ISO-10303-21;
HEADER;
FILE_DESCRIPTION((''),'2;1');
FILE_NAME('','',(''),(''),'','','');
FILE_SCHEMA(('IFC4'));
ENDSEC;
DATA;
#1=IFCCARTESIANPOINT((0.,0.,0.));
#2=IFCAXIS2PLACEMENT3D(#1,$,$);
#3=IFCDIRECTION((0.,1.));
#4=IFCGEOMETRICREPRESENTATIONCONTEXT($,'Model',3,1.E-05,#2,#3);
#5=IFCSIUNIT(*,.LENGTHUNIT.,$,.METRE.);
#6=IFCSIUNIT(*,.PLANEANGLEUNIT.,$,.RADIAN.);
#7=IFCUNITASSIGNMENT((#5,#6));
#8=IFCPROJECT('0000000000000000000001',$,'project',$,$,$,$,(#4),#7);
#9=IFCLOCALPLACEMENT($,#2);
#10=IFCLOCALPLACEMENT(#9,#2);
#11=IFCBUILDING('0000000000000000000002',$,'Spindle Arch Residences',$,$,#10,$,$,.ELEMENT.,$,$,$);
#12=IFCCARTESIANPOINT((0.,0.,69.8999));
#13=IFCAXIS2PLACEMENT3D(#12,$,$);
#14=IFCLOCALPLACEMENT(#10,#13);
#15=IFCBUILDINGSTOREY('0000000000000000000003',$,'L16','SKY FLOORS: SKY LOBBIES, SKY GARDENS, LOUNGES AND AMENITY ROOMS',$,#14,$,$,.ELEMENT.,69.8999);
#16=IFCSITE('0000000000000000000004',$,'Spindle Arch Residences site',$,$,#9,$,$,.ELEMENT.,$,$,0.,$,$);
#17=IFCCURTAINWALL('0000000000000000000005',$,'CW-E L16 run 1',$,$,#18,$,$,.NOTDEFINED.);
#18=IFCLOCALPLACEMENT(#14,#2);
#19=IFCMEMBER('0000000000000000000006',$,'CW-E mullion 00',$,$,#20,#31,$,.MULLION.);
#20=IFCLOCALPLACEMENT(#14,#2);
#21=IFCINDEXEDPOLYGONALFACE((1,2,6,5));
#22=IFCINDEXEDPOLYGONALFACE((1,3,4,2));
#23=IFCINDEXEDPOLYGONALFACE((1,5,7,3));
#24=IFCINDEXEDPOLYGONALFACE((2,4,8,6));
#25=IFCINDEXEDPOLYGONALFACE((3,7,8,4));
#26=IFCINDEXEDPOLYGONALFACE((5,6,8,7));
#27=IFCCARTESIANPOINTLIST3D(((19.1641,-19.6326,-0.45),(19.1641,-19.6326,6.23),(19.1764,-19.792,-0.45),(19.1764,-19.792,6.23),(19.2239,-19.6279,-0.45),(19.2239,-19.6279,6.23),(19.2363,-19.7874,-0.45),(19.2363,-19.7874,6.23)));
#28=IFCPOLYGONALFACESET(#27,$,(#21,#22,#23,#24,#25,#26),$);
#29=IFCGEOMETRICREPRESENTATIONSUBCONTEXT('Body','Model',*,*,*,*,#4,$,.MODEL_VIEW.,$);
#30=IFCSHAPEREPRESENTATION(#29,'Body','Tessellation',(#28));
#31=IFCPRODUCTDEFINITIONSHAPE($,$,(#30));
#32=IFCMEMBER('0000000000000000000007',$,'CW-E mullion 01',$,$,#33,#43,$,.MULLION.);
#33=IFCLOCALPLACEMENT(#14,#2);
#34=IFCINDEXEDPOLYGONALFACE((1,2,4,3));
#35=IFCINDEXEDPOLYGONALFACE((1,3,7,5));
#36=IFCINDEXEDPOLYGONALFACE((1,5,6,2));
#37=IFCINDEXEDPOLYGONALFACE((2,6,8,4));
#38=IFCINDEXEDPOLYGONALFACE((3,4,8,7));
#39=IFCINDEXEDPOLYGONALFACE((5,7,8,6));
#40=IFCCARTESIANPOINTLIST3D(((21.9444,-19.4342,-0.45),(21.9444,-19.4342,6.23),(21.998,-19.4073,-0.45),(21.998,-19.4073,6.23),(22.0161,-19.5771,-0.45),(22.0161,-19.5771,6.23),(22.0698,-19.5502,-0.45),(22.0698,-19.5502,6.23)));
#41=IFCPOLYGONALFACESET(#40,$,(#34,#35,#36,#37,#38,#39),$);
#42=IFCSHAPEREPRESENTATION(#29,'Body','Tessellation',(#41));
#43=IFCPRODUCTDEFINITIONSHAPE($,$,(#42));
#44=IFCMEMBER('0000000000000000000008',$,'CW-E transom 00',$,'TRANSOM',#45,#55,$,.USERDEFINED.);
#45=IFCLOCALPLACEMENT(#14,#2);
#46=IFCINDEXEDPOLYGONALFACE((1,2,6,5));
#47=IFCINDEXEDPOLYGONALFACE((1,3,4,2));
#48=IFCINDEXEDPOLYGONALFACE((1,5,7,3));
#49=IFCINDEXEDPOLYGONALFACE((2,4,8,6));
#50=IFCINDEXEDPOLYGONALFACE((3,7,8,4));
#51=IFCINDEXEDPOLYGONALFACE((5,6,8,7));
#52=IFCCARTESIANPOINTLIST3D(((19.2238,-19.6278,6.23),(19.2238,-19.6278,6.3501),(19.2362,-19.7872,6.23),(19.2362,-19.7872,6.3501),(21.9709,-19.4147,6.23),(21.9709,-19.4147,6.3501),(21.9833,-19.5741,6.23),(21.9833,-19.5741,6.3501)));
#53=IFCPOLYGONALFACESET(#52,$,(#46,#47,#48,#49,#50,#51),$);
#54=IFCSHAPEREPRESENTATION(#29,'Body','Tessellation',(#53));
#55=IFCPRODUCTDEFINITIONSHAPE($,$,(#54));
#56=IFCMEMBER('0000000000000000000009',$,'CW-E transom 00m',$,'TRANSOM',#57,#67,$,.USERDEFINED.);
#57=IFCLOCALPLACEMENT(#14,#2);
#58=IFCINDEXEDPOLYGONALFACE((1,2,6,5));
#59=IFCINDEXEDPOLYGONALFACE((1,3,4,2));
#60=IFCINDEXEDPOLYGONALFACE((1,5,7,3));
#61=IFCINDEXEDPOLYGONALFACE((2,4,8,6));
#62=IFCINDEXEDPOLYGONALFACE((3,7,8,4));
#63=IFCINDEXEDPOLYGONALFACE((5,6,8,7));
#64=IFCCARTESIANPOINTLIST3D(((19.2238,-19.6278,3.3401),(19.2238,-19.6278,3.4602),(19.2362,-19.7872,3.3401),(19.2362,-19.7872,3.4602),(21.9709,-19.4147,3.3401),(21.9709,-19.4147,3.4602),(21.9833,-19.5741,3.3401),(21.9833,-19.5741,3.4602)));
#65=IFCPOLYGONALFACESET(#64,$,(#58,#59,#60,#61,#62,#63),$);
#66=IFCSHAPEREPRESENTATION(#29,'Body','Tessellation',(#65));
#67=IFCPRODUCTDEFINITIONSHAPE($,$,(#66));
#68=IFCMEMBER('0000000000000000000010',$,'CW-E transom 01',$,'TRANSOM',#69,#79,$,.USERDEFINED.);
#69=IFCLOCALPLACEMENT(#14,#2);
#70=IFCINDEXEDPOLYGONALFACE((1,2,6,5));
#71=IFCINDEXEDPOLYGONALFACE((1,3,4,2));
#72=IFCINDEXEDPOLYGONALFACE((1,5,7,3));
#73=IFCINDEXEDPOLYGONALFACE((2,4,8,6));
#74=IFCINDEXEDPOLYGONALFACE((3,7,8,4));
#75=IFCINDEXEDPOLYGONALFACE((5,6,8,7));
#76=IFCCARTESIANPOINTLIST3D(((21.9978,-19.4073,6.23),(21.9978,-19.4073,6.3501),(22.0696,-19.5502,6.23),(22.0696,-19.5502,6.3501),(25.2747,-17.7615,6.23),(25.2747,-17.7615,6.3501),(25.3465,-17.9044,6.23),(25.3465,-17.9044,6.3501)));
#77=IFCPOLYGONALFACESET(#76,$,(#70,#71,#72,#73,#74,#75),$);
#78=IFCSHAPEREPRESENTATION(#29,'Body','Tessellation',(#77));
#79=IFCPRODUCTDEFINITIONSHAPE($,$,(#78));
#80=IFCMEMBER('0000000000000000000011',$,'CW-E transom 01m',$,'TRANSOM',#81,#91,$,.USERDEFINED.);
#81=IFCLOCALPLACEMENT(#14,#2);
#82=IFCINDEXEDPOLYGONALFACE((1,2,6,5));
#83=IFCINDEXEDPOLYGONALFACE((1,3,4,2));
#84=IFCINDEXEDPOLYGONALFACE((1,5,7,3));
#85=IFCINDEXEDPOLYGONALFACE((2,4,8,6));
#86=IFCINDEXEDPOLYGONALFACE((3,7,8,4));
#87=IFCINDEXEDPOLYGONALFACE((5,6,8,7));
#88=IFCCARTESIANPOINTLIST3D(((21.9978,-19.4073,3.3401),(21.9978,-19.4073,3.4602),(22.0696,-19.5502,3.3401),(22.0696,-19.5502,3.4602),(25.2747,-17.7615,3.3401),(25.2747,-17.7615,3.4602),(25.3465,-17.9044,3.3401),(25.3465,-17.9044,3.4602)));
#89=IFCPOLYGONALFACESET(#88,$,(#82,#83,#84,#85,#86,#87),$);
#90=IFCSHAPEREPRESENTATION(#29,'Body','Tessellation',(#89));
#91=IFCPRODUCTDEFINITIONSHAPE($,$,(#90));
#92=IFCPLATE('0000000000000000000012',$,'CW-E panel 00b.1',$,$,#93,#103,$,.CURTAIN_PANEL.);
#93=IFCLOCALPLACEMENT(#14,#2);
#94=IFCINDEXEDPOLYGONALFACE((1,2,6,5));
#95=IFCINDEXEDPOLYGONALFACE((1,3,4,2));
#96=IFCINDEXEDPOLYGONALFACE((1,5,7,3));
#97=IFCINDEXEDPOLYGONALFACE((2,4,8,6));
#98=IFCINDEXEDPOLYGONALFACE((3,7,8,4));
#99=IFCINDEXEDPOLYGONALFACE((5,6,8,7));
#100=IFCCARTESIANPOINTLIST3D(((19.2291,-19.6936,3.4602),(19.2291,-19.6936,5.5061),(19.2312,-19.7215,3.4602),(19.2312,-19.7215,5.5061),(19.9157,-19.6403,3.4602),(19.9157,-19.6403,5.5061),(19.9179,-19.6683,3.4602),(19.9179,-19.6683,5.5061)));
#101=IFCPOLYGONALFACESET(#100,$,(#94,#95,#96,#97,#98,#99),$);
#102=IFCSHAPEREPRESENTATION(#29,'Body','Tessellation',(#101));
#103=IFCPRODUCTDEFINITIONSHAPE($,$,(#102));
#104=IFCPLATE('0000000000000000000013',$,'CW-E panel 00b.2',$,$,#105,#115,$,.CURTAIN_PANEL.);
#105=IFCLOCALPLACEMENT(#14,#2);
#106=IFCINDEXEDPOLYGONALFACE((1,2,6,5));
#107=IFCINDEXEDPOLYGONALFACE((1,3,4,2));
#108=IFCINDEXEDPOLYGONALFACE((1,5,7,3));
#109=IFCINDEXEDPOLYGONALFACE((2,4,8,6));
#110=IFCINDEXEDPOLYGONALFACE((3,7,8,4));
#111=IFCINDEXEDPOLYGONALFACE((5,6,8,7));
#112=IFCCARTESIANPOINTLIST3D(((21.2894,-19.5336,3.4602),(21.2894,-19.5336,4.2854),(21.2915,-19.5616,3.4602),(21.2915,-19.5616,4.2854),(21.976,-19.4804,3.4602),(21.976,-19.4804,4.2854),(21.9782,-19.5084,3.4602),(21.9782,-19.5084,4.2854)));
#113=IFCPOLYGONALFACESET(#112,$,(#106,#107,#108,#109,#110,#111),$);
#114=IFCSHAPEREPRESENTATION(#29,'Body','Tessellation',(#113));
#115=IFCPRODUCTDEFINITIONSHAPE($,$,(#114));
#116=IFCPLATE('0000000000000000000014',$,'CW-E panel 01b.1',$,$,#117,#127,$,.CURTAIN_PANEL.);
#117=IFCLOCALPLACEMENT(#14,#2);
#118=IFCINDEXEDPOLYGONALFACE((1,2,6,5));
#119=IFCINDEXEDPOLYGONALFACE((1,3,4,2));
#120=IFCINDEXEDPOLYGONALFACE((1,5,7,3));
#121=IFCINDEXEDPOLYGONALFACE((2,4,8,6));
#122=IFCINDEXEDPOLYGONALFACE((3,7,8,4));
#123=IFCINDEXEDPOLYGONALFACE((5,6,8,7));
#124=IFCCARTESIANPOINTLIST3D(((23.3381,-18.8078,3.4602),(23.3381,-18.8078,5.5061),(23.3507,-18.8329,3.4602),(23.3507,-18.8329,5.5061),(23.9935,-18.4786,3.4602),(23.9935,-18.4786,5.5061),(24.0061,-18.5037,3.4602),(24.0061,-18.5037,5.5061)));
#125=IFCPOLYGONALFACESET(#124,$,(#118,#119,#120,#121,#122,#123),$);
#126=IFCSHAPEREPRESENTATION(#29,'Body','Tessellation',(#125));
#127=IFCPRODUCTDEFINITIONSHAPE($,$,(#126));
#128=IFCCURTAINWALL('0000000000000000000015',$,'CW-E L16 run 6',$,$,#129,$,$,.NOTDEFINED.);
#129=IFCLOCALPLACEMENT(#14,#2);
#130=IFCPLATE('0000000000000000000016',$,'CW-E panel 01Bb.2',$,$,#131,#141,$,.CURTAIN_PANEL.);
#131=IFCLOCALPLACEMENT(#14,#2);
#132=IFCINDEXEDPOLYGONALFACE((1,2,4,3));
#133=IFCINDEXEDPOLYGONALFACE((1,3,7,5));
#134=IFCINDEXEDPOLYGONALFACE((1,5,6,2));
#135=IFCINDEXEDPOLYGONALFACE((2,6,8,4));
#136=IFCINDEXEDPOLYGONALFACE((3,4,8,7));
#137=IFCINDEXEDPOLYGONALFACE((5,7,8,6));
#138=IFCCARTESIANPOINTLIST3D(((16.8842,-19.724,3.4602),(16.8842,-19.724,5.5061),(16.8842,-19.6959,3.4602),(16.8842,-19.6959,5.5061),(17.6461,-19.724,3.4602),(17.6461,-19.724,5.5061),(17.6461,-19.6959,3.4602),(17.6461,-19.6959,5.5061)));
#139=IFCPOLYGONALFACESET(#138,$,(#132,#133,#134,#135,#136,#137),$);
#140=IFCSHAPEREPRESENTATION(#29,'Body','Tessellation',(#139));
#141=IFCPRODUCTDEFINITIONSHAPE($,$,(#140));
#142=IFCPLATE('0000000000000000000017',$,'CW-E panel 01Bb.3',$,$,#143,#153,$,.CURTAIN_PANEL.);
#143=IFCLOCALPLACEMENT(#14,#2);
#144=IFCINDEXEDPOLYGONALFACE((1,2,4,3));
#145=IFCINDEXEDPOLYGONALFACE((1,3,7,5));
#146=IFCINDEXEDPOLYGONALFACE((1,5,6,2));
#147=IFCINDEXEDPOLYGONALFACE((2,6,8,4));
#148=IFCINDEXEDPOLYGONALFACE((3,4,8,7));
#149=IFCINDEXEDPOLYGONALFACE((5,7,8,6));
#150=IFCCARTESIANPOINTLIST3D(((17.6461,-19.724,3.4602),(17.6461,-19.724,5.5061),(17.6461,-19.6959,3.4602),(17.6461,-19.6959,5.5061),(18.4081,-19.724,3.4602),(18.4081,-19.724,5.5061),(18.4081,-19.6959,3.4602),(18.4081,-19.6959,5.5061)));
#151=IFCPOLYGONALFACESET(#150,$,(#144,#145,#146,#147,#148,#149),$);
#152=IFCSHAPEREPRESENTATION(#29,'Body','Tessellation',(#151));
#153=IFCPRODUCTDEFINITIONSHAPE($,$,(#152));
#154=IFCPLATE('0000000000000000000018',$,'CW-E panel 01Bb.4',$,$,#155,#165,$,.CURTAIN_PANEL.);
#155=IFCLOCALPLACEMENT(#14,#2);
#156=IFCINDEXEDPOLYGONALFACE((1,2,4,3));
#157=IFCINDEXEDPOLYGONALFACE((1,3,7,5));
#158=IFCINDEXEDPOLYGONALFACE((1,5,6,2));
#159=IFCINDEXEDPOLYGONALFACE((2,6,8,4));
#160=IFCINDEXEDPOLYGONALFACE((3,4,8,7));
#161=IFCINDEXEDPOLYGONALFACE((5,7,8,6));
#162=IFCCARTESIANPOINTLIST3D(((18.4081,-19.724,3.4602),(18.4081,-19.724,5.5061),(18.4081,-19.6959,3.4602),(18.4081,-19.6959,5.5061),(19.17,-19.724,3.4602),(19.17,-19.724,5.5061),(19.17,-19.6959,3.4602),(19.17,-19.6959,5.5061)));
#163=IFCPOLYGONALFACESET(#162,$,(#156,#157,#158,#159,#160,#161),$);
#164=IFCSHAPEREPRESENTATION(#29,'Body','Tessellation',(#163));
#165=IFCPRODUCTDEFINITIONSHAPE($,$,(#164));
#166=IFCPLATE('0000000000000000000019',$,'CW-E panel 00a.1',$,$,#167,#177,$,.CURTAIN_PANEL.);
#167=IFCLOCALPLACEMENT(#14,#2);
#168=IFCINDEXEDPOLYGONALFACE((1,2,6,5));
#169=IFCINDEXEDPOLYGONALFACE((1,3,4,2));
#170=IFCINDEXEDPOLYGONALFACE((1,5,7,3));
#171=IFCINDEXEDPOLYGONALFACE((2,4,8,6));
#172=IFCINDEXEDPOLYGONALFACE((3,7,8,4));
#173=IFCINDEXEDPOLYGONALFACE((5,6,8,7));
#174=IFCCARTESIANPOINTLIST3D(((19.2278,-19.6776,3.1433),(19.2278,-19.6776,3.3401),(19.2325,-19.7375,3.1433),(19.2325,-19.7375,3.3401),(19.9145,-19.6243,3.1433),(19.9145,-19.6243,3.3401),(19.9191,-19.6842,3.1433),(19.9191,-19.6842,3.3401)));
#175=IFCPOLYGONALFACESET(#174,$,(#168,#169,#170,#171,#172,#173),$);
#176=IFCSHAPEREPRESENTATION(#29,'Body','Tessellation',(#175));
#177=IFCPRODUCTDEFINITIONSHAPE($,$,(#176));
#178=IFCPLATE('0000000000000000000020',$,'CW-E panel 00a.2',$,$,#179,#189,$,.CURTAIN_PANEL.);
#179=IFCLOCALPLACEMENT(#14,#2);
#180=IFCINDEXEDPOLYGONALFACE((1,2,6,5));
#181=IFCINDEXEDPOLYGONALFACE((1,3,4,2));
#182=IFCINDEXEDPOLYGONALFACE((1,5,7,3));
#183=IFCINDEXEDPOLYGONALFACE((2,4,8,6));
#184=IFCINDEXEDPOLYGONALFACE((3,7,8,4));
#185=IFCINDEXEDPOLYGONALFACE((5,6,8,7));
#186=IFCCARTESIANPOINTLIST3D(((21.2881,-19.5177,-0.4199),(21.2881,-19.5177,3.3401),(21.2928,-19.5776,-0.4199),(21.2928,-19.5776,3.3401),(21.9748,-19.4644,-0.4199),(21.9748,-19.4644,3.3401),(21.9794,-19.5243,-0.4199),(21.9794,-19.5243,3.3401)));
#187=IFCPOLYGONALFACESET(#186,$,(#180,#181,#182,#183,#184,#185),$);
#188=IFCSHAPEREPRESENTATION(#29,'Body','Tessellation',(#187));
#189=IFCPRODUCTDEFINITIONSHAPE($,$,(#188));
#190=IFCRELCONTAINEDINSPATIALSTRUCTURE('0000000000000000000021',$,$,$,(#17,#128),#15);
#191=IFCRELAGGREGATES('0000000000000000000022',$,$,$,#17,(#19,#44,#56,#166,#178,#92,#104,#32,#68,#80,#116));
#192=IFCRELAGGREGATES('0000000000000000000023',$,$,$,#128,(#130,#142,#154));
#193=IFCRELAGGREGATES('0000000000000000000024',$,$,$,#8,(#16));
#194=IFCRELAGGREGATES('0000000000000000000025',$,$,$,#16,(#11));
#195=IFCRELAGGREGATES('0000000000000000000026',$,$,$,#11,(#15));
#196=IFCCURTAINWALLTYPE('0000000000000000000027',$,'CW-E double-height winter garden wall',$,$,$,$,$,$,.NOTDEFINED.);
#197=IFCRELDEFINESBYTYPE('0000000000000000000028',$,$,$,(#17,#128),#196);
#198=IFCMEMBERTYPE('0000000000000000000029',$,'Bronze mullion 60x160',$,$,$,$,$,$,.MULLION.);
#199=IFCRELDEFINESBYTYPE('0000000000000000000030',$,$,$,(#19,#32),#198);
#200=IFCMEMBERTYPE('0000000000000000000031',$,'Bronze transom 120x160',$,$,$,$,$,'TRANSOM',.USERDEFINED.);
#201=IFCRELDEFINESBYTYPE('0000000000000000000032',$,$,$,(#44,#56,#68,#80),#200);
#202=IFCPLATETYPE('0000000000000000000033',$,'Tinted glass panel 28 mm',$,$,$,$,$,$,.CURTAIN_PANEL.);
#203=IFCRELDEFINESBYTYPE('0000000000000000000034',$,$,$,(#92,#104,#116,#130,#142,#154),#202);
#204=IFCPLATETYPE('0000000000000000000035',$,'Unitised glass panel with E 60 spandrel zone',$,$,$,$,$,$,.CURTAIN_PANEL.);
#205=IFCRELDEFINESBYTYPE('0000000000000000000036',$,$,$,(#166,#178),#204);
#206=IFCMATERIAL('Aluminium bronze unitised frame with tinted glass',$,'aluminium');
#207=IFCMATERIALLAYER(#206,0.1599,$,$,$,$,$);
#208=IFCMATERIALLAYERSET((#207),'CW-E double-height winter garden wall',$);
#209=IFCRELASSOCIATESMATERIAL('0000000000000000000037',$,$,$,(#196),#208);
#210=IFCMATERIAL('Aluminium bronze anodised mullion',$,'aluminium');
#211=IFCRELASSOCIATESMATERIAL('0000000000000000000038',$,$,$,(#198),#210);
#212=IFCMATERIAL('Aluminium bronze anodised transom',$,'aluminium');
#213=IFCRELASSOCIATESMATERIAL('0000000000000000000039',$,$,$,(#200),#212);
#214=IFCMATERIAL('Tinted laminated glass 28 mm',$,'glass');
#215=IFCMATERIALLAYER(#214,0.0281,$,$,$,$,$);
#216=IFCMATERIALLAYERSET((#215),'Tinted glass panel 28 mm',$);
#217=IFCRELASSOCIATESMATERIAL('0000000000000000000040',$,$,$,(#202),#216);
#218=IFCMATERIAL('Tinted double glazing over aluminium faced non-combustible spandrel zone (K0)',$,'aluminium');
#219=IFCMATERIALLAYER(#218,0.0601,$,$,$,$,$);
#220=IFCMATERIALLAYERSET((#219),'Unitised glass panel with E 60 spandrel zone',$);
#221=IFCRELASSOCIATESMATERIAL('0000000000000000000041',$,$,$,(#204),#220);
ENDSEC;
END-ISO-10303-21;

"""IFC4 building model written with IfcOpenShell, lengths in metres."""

from ifc_helpers import new_model, si_unit, direction, frame, origin, origin_2d, place, context, subcontext, project, spatial, rectangle, extrude, material, layer, layer_set, material_profile, profile_set, type_object, element, aggregate, save


model = new_model("IFC4")

# Units and contexts
model_context = context("Model", 3, precision=1e-05, world=origin(), true_north=direction((0.0, 1.0)))
body_context = subcontext(model_context, "Body", "Model", "MODEL_VIEW")
ifc_project = project(units=[si_unit("LENGTHUNIT", "METRE"), si_unit("PLANEANGLEUNIT", "RADIAN")], contexts=[model_context])

# Site, building, storey
site_placement = place(None, origin())
site = spatial("IfcSite", under=ifc_project, at=site_placement, Name="Spindle Arch Residences site", CompositionType="ELEMENT", RefElevation=0.0)
building_placement = place(site_placement, origin())
building = spatial("IfcBuilding", under=site, at=building_placement, Name="Spindle Arch Residences", CompositionType="ELEMENT")
storey_placement = place(building_placement, frame((0.0, 0.0, 69.8999)))
storey = spatial("IfcBuildingStorey", under=building, at=storey_placement, Name="L16", Description="SKY FLOORS: SKY LOBBIES, SKY GARDENS, LOUNGES AND AMENITY ROOMS", CompositionType="ELEMENT", Elevation=69.8999)

# Curtain wall, members, plates
ifc_material_1 = material(Name="Aluminium bronze unitised frame with tinted glass", Category="aluminium")
ifc_layer_1 = layer(ifc_material_1, 0.1599)
ifc_layer_set_1 = layer_set([ifc_layer_1], Name="CW-E double-height winter garden wall")
curtain_wall_type = type_object("IfcCurtainWallType", Name="CW-E double-height winter garden wall", PredefinedType="NOTDEFINED", material=ifc_layer_set_1)
curtain_wall_1_placement = place(storey_placement, origin())
curtain_wall_1 = element("IfcCurtainWall", 1, at=curtain_wall_1_placement, inside=storey, type_object=curtain_wall_type, Name="CW-E L16 run 1", PredefinedType="NOTDEFINED")
ifc_material_2 = material(Name="Aluminium bronze anodised mullion", Category="aluminium")
ifc_material_profile_1 = material_profile(ifc_material_2, rectangle(XDim=0.1599, YDim=0.0601, at=origin_2d()), Name="MU 60x160")
ifc_profile_set_1 = profile_set([ifc_material_profile_1], Name="Aluminium bronze anodised mullion")
member_type_1 = type_object("IfcMemberType", Name="Bronze mullion 60x160", PredefinedType="MULLION", material=ifc_profile_set_1)
member_1_placement = place(storey_placement, frame((19.2002, -19.71, -0.45), z_axis=(0.0, 0.0, 1.0), x_axis=(-0.077364, 0.997003, 0.0)))
member_1 = element("IfcMember", 2, at=member_1_placement, type_object=member_type_1, Name="CW-E mullion 00", PredefinedType="MULLION", context=body_context, shape_type="SweptSolid", body=[
    extrude(rectangle(XDim=0.1599, YDim=0.0601, at=origin_2d()), origin(), (0.0, 0.0, 1.0), 6.6799),
])
member_2_placement = place(storey_placement, frame((22.0071, -19.4922, -0.45), z_axis=(0.0, 0.0, 1.0), x_axis=(-0.448799, 0.893633, 0.0)))
member_2 = element("IfcMember", 3, at=member_2_placement, type_object=member_type_1, Name="CW-E mullion 01", PredefinedType="MULLION", context=body_context, shape_type="SweptSolid", body=[
    extrude(rectangle(XDim=0.1599, YDim=0.0601, at=origin_2d()), origin(), (0.0, 0.0, 1.0), 6.6799),
])
ifc_material_3 = material(Name="Aluminium bronze anodised transom", Category="aluminium")
ifc_material_profile_2 = material_profile(ifc_material_3, rectangle(XDim=0.1599, YDim=0.1201, at=origin_2d()), Name="TR 120x160")
ifc_profile_set_2 = profile_set([ifc_material_profile_2], Name="Aluminium bronze anodised transom")
member_type_2 = type_object("IfcMemberType", Name="Bronze transom 120x160", ElementType="TRANSOM", PredefinedType="USERDEFINED", material=ifc_profile_set_2)
member_3_placement = place(storey_placement, frame((19.23, -19.7075, 6.29), z_axis=(0.997004, 0.077354, 0.0), x_axis=(-0.077354, 0.997004, 0.0)))
member_3 = element("IfcMember", 4, at=member_3_placement, type_object=member_type_2, Name="CW-E transom 00", ObjectType="TRANSOM", PredefinedType="USERDEFINED", context=body_context, shape_type="SweptSolid", body=[
    extrude(rectangle(XDim=0.1599, YDim=0.1201, at=origin_2d()), origin(), (0.0, 0.0, 1.0), 2.7554),
])
member_4_placement = place(storey_placement, frame((19.23, -19.7075, 3.4001), z_axis=(0.997004, 0.077354, 0.0), x_axis=(-0.077354, 0.997004, 0.0)))
member_4 = element("IfcMember", 5, at=member_4_placement, type_object=member_type_2, Name="CW-E transom 00m", ObjectType="TRANSOM", PredefinedType="USERDEFINED", context=body_context, shape_type="SweptSolid", body=[
    extrude(rectangle(XDim=0.1599, YDim=0.1201, at=origin_2d()), origin(), (0.0, 0.0, 1.0), 2.7554),
])
member_5_placement = place(storey_placement, frame((22.0337, -19.4788, 6.29), z_axis=(0.893627, 0.448811, 0.0), x_axis=(-0.448811, 0.893627, 0.0)))
member_5 = element("IfcMember", 6, at=member_5_placement, type_object=member_type_2, Name="CW-E transom 01", ObjectType="TRANSOM", PredefinedType="USERDEFINED", context=body_context, shape_type="SweptSolid", body=[
    extrude(rectangle(XDim=0.1599, YDim=0.1201, at=origin_2d()), origin(), (0.0, 0.0, 1.0), 3.667),
])
member_6_placement = place(storey_placement, frame((22.0337, -19.4788, 3.4001), z_axis=(0.893627, 0.448811, 0.0), x_axis=(-0.448811, 0.893627, 0.0)))
member_6 = element("IfcMember", 7, at=member_6_placement, type_object=member_type_2, Name="CW-E transom 01m", ObjectType="TRANSOM", PredefinedType="USERDEFINED", context=body_context, shape_type="SweptSolid", body=[
    extrude(rectangle(XDim=0.1599, YDim=0.1201, at=origin_2d()), origin(), (0.0, 0.0, 1.0), 3.667),
])
ifc_material_4 = material(Name="Tinted laminated glass 28 mm", Category="glass")
ifc_layer_2 = layer(ifc_material_4, 0.0281)
ifc_layer_set_2 = layer_set([ifc_layer_2], Name="Tinted glass panel 28 mm")
plate_type_1 = type_object("IfcPlateType", Name="Tinted glass panel 28 mm", PredefinedType="CURTAIN_PANEL", material=ifc_layer_set_2)
plate_1_placement = place(storey_placement, frame((19.5735, -19.6809, 3.4602), z_axis=(0.0, 0.0, 1.0), x_axis=(0.997003, 0.077364, 0.0)))
plate_1 = element("IfcPlate", 8, at=plate_1_placement, type_object=plate_type_1, Name="CW-E panel 00b.1", PredefinedType="CURTAIN_PANEL", context=body_context, shape_type="SweptSolid", body=[
    extrude(rectangle(XDim=0.6887, YDim=0.0281, at=origin_2d()), origin(), (0.0, 0.0, 1.0), 2.0459),
])
plate_2_placement = place(storey_placement, frame((21.6338, -19.521, 3.4602), z_axis=(0.0, 0.0, 1.0), x_axis=(0.997003, 0.077364, 0.0)))
plate_2 = element("IfcPlate", 9, at=plate_2_placement, type_object=plate_type_1, Name="CW-E panel 00b.2", PredefinedType="CURTAIN_PANEL", context=body_context, shape_type="SweptSolid", body=[
    extrude(rectangle(XDim=0.6887, YDim=0.0281, at=origin_2d()), origin(), (0.0, 0.0, 1.0), 0.8252),
])
plate_3_placement = place(storey_placement, frame((23.6721, -18.6558, 3.4602), z_axis=(0.0, 0.0, 1.0), x_axis=(0.893633, 0.448799, 0.0)))
plate_3 = element("IfcPlate", 10, at=plate_3_placement, type_object=plate_type_1, Name="CW-E panel 01b.1", PredefinedType="CURTAIN_PANEL", context=body_context, shape_type="SweptSolid", body=[
    extrude(rectangle(XDim=0.7334, YDim=0.0281, at=origin_2d()), origin(), (0.0, 0.0, 1.0), 2.0459),
])

# Curtain wall, plates
curtain_wall_2_placement = place(storey_placement, origin())
curtain_wall_2 = element("IfcCurtainWall", 11, at=curtain_wall_2_placement, inside=storey, type_object=curtain_wall_type, Name="CW-E L16 run 6", PredefinedType="NOTDEFINED")
plate_4_placement = place(storey_placement, frame((17.2651, -19.71, 3.4602), z_axis=(0.0, 0.0, 1.0), x_axis=(1.0, 0.0, 0.0)))
plate_4 = element("IfcPlate", 12, at=plate_4_placement, type_object=plate_type_1, Name="CW-E panel 01Bb.2", PredefinedType="CURTAIN_PANEL", context=body_context, shape_type="SweptSolid", body=[
    extrude(rectangle(XDim=0.762, YDim=0.0281, at=origin_2d()), origin(), (0.0, 0.0, 1.0), 2.0459),
])
plate_5_placement = place(storey_placement, frame((18.0271, -19.71, 3.4602), z_axis=(0.0, 0.0, 1.0), x_axis=(1.0, 0.0, 0.0)))
plate_5 = element("IfcPlate", 13, at=plate_5_placement, type_object=plate_type_1, Name="CW-E panel 01Bb.3", PredefinedType="CURTAIN_PANEL", context=body_context, shape_type="SweptSolid", body=[
    extrude(rectangle(XDim=0.762, YDim=0.0281, at=origin_2d()), origin(), (0.0, 0.0, 1.0), 2.0459),
])
plate_6_placement = place(storey_placement, frame((18.7891, -19.71, 3.4602), z_axis=(0.0, 0.0, 1.0), x_axis=(1.0, 0.0, 0.0)))
plate_6 = element("IfcPlate", 14, at=plate_6_placement, type_object=plate_type_1, Name="CW-E panel 01Bb.4", PredefinedType="CURTAIN_PANEL", context=body_context, shape_type="SweptSolid", body=[
    extrude(rectangle(XDim=0.762, YDim=0.0281, at=origin_2d()), origin(), (0.0, 0.0, 1.0), 2.0459),
])

# Plates
ifc_material_5 = material(Name="Tinted double glazing over aluminium faced non-combustible spandrel zone (K0)", Category="aluminium")
ifc_layer_3 = layer(ifc_material_5, 0.0601)
ifc_layer_set_3 = layer_set([ifc_layer_3], Name="Unitised glass panel with E 60 spandrel zone")
plate_type_2 = type_object("IfcPlateType", Name="Unitised glass panel with E 60 spandrel zone", PredefinedType="CURTAIN_PANEL", material=ifc_layer_set_3)
plate_7_placement = place(storey_placement, frame((19.5735, -19.6809, 3.1433), z_axis=(0.0, 0.0, 1.0), x_axis=(0.997003, 0.077364, 0.0)))
plate_7 = element("IfcPlate", 15, at=plate_7_placement, type_object=plate_type_2, Name="CW-E panel 00a.1", PredefinedType="CURTAIN_PANEL", context=body_context, shape_type="SweptSolid", body=[
    extrude(rectangle(XDim=0.6887, YDim=0.0601, at=origin_2d()), origin(), (0.0, 0.0, 1.0), 0.1968),
])
plate_8_placement = place(storey_placement, frame((21.6338, -19.521, -0.4199), z_axis=(0.0, 0.0, 1.0), x_axis=(0.997003, 0.077364, 0.0)))
plate_8 = element("IfcPlate", 16, at=plate_8_placement, type_object=plate_type_2, Name="CW-E panel 00a.2", PredefinedType="CURTAIN_PANEL", context=body_context, shape_type="SweptSolid", body=[
    extrude(rectangle(XDim=0.6887, YDim=0.0601, at=origin_2d()), origin(), (0.0, 0.0, 1.0), 3.76),
])
aggregate(curtain_wall_1, [member_1, member_3, member_4, plate_7, plate_8, plate_1, plate_2, member_2, member_5, member_6, plate_3])
aggregate(curtain_wall_2, [plate_4, plate_5, plate_6])

save(model, "model.ifc")
